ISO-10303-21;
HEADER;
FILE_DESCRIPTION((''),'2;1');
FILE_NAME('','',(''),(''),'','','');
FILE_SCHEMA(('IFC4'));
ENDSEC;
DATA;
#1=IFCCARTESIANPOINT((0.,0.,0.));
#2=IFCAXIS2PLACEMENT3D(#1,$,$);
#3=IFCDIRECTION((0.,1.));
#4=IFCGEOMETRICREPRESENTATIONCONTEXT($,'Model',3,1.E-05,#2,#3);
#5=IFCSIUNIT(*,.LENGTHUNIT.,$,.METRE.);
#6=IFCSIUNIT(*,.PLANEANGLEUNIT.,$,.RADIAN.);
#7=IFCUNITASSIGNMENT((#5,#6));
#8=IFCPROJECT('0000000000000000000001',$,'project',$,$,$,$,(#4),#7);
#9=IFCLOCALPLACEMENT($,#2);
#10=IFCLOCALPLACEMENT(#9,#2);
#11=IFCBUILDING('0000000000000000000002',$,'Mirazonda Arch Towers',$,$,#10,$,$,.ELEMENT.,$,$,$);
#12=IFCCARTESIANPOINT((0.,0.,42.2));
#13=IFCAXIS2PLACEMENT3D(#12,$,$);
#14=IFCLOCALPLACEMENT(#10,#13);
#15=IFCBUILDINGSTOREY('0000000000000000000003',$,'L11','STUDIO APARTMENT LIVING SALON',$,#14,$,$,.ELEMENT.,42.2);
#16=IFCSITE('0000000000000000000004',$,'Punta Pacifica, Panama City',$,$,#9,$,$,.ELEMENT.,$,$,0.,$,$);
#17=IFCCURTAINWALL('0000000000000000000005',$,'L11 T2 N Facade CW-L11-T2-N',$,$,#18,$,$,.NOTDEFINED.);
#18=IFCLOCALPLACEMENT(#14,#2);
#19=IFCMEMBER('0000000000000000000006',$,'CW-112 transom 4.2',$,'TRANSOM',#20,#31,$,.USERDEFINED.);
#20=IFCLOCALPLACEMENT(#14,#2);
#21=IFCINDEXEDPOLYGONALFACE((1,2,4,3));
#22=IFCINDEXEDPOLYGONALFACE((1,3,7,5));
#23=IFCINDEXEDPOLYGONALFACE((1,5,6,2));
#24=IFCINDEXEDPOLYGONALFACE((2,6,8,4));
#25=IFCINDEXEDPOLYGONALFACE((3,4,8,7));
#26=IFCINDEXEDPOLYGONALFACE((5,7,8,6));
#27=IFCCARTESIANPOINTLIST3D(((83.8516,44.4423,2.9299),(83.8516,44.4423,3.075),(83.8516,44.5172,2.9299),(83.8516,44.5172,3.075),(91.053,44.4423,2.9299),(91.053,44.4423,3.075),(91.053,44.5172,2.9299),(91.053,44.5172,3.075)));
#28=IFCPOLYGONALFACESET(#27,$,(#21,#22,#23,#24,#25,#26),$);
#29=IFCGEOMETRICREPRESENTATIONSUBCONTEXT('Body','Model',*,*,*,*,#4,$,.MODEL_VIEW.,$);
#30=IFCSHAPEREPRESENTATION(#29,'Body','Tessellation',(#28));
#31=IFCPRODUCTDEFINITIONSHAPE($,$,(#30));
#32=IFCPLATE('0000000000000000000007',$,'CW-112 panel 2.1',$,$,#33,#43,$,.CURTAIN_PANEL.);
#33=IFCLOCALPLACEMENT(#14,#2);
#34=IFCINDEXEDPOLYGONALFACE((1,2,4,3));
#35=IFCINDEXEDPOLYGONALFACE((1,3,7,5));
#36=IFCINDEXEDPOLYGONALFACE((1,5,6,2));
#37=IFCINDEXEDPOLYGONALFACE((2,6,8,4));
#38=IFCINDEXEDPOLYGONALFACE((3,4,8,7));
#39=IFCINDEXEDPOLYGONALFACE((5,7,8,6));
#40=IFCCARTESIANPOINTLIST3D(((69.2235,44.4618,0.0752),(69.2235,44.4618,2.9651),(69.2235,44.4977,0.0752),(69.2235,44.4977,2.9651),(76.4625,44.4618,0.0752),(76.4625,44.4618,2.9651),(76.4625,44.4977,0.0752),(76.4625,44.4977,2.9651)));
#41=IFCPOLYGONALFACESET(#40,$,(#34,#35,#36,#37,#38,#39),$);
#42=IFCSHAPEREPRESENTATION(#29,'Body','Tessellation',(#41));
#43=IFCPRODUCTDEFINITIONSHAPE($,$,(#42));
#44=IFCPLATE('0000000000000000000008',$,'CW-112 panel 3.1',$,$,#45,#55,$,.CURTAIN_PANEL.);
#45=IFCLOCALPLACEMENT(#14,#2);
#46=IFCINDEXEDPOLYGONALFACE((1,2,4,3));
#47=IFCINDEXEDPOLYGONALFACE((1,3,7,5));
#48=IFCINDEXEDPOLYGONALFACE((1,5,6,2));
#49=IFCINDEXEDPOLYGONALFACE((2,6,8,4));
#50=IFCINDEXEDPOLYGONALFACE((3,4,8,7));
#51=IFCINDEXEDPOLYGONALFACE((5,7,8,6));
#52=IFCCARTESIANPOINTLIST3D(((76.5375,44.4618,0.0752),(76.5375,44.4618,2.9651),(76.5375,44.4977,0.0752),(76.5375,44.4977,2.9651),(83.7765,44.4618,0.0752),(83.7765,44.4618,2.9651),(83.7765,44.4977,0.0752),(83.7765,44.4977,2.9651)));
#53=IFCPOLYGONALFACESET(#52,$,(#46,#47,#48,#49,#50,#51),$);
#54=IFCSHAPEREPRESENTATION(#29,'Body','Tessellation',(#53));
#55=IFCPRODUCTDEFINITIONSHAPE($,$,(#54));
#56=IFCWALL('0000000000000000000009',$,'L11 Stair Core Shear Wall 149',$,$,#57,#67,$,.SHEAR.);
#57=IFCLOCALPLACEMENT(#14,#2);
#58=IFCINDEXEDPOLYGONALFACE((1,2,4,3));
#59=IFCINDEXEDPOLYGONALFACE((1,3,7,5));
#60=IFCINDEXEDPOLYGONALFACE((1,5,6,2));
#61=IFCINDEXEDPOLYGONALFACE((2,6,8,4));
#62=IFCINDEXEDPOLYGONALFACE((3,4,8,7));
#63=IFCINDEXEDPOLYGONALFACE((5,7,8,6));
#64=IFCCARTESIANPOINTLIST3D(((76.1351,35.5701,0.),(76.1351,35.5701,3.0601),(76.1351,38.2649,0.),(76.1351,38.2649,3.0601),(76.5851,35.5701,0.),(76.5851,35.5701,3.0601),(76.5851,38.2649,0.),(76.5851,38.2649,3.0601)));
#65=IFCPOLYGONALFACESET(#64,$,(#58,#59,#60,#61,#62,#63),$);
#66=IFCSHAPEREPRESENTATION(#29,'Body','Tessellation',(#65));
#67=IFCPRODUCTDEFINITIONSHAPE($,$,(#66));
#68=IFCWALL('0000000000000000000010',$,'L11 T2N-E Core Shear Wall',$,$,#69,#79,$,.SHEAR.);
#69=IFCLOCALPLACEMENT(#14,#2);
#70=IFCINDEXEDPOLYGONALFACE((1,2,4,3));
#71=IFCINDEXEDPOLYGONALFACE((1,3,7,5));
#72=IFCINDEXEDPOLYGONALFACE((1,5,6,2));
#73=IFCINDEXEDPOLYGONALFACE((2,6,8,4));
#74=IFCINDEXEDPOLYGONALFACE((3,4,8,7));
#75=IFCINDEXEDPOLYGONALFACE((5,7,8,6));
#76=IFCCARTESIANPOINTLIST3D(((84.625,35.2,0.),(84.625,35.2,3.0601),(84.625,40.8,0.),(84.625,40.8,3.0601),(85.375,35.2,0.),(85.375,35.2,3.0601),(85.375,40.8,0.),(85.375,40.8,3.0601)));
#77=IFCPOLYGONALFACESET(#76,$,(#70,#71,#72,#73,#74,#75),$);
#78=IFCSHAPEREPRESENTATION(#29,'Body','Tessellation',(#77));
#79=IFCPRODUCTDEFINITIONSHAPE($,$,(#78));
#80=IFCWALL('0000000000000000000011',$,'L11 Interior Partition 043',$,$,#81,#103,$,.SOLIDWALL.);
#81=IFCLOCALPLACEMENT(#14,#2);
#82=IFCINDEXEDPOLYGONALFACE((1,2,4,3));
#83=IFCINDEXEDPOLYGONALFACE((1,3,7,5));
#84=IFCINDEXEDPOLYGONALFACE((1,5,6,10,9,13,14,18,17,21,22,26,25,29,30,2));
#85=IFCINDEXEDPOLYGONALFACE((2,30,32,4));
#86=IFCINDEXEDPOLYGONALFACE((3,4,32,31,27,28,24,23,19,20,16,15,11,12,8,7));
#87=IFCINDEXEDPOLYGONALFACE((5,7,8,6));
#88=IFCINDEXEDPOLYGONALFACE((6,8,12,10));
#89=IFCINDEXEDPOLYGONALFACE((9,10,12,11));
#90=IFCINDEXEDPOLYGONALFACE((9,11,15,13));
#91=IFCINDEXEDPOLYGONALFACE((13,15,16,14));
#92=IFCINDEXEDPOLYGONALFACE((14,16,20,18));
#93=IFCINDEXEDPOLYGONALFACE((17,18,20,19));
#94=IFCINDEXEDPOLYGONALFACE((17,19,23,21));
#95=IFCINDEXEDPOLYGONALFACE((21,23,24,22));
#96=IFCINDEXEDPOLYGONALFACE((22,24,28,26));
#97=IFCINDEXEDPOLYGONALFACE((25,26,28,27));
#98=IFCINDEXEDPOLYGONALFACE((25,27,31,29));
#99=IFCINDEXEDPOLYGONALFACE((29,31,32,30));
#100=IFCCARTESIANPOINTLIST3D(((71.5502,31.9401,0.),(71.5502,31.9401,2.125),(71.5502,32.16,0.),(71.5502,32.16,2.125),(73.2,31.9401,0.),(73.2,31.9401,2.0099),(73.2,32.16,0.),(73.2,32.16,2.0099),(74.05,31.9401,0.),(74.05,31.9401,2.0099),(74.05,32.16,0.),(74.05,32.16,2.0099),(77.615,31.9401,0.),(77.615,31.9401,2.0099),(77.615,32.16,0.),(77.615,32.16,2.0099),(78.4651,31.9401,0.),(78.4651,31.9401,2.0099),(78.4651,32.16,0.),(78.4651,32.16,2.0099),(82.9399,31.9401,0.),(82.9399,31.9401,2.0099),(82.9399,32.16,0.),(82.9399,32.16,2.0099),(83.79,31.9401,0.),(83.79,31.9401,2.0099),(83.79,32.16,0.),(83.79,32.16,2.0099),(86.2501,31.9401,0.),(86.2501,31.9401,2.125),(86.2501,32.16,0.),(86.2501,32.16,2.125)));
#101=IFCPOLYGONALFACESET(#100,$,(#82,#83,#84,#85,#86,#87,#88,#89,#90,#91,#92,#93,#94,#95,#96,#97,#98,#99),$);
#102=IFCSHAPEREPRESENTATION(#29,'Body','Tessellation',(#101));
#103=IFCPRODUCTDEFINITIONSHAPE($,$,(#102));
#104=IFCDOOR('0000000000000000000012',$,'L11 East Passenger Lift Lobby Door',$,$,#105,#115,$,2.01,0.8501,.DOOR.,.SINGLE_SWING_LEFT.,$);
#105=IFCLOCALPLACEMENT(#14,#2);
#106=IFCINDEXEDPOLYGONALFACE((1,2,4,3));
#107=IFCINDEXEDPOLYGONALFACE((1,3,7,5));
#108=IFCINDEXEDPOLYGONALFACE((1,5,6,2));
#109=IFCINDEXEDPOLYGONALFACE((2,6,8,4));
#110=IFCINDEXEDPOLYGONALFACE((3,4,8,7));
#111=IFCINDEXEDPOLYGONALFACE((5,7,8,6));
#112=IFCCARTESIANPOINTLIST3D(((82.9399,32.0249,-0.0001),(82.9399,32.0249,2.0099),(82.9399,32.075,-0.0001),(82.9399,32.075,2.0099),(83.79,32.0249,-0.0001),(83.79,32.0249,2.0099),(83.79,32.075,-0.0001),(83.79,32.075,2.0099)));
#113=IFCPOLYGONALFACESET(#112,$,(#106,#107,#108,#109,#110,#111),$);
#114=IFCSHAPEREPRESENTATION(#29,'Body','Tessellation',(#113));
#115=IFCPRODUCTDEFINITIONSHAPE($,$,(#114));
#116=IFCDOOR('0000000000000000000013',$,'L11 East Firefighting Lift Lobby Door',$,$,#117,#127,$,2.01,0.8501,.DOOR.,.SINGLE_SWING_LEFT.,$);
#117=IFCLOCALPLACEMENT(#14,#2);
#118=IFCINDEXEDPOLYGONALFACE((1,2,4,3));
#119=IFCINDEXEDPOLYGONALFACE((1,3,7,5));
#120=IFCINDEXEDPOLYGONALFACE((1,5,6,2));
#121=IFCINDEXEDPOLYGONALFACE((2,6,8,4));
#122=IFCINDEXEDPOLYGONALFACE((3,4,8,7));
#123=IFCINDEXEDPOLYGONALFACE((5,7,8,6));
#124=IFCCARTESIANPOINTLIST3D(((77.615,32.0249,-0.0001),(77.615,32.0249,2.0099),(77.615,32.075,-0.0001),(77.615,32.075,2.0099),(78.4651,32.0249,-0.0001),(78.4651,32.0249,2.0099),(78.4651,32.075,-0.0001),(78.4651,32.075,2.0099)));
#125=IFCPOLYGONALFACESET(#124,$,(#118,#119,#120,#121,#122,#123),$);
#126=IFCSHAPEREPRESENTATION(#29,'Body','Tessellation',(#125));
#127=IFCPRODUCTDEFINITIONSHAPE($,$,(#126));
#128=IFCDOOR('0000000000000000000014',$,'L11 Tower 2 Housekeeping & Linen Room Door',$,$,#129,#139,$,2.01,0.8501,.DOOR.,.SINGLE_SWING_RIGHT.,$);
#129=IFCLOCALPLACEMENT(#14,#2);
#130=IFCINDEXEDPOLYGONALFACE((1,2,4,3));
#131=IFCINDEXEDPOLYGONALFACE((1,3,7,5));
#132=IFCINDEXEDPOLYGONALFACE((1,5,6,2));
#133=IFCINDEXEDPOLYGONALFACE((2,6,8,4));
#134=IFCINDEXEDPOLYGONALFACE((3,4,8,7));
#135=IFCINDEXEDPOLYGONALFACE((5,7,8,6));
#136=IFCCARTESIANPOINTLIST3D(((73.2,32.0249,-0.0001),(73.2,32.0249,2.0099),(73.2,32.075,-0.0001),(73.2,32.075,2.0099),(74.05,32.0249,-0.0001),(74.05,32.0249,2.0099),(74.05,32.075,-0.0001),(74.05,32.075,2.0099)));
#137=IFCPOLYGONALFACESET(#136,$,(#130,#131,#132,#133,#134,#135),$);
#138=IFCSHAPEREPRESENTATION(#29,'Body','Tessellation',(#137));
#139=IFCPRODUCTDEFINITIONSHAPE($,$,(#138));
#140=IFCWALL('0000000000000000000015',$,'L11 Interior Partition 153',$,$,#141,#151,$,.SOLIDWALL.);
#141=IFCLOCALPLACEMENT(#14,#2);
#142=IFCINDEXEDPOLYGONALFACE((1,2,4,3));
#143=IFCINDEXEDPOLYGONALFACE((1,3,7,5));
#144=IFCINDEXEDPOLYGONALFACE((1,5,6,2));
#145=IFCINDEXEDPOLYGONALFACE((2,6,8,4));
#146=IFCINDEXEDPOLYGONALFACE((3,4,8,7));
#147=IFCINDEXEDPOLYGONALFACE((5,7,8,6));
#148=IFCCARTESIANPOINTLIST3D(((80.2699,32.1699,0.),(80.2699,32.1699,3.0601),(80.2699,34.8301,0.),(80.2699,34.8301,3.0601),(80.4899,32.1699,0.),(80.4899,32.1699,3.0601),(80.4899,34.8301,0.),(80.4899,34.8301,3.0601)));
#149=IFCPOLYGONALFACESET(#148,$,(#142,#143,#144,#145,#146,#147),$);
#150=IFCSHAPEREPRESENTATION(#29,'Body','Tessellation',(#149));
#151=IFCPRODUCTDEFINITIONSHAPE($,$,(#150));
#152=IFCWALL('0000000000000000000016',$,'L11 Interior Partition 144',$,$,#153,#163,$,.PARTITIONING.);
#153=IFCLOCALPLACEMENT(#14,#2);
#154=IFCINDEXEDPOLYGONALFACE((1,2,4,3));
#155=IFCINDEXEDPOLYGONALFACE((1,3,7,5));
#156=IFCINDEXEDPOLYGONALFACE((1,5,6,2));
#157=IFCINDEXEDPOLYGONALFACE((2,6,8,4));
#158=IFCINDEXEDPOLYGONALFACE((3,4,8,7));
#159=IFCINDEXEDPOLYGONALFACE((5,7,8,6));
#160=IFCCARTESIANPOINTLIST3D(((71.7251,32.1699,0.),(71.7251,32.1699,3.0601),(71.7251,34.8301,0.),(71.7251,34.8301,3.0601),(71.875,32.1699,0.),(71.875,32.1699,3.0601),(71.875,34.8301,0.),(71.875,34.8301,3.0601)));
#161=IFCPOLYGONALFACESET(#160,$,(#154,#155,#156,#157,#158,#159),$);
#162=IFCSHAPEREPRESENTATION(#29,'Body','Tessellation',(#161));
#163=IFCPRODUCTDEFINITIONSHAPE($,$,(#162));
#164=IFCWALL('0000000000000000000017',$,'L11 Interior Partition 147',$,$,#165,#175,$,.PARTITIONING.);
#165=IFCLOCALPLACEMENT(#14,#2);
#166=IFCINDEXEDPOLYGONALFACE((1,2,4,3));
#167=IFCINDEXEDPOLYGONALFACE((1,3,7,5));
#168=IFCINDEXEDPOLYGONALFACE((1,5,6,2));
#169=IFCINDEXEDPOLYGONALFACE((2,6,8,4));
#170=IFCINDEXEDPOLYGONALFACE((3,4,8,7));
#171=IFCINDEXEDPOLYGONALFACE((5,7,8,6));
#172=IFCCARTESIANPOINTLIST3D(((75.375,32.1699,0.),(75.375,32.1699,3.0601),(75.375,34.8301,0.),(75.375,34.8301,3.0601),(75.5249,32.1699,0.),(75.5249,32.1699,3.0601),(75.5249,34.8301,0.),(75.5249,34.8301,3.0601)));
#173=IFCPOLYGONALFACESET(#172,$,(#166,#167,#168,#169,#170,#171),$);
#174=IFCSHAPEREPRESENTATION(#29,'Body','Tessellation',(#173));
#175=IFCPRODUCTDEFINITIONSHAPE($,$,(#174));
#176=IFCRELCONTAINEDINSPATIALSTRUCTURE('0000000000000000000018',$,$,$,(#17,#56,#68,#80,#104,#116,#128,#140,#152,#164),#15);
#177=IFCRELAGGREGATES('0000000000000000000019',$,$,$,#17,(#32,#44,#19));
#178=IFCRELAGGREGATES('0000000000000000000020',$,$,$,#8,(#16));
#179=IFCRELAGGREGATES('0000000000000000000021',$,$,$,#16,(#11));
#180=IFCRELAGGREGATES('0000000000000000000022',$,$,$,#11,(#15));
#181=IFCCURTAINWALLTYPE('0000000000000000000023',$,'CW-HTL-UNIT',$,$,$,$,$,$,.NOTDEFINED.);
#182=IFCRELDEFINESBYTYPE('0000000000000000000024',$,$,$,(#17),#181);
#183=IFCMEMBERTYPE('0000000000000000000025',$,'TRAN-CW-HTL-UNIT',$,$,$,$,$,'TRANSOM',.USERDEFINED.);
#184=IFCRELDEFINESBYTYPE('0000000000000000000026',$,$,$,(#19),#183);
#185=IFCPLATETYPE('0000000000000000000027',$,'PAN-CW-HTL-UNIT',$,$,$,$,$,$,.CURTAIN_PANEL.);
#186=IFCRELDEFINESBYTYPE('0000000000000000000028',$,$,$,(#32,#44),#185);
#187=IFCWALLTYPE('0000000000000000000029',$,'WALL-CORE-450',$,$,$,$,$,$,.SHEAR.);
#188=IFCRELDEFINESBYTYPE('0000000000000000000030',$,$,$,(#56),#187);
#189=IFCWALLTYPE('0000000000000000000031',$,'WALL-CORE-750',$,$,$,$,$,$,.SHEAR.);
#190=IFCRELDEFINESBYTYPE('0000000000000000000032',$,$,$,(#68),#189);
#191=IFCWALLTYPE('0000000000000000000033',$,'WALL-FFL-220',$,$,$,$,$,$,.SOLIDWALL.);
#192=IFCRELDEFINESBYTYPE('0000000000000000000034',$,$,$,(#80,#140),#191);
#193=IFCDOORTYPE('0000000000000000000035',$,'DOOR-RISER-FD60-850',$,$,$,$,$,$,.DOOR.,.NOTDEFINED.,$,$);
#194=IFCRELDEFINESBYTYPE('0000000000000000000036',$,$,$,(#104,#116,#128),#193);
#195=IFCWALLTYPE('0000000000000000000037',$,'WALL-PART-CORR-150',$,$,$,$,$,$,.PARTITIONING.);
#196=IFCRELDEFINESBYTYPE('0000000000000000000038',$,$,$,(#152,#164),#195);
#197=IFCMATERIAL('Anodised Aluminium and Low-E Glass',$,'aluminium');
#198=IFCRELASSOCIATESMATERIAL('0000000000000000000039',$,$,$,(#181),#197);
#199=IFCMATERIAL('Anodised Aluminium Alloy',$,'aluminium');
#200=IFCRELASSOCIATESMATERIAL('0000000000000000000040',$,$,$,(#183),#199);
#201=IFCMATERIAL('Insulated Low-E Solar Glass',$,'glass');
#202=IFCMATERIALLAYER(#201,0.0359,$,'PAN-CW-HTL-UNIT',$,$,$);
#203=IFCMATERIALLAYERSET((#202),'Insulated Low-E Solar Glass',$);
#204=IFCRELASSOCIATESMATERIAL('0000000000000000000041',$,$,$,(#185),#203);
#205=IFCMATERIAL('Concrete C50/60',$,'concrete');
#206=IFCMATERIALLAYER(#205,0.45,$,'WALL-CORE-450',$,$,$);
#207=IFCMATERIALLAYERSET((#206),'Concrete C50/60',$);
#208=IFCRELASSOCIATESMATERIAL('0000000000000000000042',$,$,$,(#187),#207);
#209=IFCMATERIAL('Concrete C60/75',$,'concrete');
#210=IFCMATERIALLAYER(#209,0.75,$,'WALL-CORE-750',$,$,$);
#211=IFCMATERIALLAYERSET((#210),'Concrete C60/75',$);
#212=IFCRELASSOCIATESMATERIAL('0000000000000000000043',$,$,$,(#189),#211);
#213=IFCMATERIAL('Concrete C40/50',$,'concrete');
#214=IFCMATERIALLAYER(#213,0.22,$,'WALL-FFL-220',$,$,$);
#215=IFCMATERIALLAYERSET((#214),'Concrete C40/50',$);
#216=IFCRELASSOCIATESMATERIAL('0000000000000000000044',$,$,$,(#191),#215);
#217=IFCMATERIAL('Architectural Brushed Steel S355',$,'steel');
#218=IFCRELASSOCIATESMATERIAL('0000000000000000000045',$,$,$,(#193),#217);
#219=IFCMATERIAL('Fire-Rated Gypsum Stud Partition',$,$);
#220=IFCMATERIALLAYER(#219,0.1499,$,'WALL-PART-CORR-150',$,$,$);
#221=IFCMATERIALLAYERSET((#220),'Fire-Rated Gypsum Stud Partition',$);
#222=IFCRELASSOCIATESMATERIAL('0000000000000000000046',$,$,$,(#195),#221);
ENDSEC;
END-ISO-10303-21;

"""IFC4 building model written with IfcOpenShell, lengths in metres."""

from ifc_helpers import new_model, si_unit, direction, frame, frame_2d, origin, origin_2d, place, context, subcontext, project, spatial, rectangle, extrude, material, layer, layer_set, material_profile, profile_set, type_object, element, fill, aggregate, save


model = new_model("IFC4")

# Units and contexts
model_context = context("Model", 3, precision=1e-05, world=origin(), true_north=direction((0.0, 1.0)))
body_context = subcontext(model_context, "Body", "Model", "MODEL_VIEW")
ifc_project = project(units=[si_unit("LENGTHUNIT", "METRE"), si_unit("PLANEANGLEUNIT", "RADIAN")], contexts=[model_context])

# Site, building, storey
site_placement = place(None, origin())
site = spatial("IfcSite", under=ifc_project, at=site_placement, Name="Punta Pacifica, Panama City", CompositionType="ELEMENT", RefElevation=0.0)
building_placement = place(site_placement, origin())
building = spatial("IfcBuilding", under=site, at=building_placement, Name="Mirazonda Arch Towers", CompositionType="ELEMENT")
storey_placement = place(building_placement, frame((0.0, 0.0, 42.2)))
storey = spatial("IfcBuildingStorey", under=building, at=storey_placement, Name="L11", Description="STUDIO APARTMENT LIVING SALON", CompositionType="ELEMENT", Elevation=42.2)

# Shared definitions
ifc_material_1 = material(Name="Concrete C60/75", Category="concrete")

# Curtain wall, member, plates
ifc_material_2 = material(Name="Anodised Aluminium and Low-E Glass", Category="aluminium")
curtain_wall_type = type_object("IfcCurtainWallType", Name="CW-HTL-UNIT", PredefinedType="NOTDEFINED", material=ifc_material_2)
curtain_wall_placement = place(storey_placement, origin())
curtain_wall = element("IfcCurtainWall", 1, at=curtain_wall_placement, inside=storey, type_object=curtain_wall_type, Name="L11 T2 N Facade CW-L11-T2-N", PredefinedType="NOTDEFINED")
ifc_material_3 = material(Name="Anodised Aluminium Alloy", Category="aluminium")
ifc_material_profile_1 = material_profile(ifc_material_3, rectangle(XDim=0.075, YDim=0.145, at=origin_2d()), Name="ALU-TRAN-75x145")
ifc_profile_set_1 = profile_set([ifc_material_profile_1], Name="Anodised Aluminium Alloy")
member_type_1 = type_object("IfcMemberType", Name="TRAN-CW-HTL-UNIT", ElementType="TRANSOM", PredefinedType="USERDEFINED", material=ifc_profile_set_1)
member_1_placement = place(storey_placement, frame((83.8516, 44.4797, 3.0024), z_axis=(1.0, 0.0, 0.0), x_axis=(0.0, 1.0, 0.0)))
member_1 = element("IfcMember", 2, at=member_1_placement, type_object=member_type_1, Name="CW-112 transom 4.2", ObjectType="TRANSOM", PredefinedType="USERDEFINED", context=body_context, shape_type="SweptSolid", body=[
    extrude(rectangle(XDim=0.075, YDim=0.145, at=origin_2d()), origin(), (0.0, 0.0, 1.0), 7.2014),
])
ifc_material_4 = material(Name="Insulated Low-E Solar Glass", Category="glass")
ifc_layer_1 = layer(ifc_material_4, 0.0359, Name="PAN-CW-HTL-UNIT")
ifc_layer_set_1 = layer_set([ifc_layer_1], Name="Insulated Low-E Solar Glass")
plate_type = type_object("IfcPlateType", Name="PAN-CW-HTL-UNIT", PredefinedType="CURTAIN_PANEL", material=ifc_layer_set_1)
plate_1_placement = place(storey_placement, frame((72.843, 44.4797, 0.0752), z_axis=(0.0, 0.0, 1.0), x_axis=(1.0, 0.0, 0.0)))
plate_1 = element("IfcPlate", 3, at=plate_1_placement, type_object=plate_type, Name="CW-112 panel 2.1", PredefinedType="CURTAIN_PANEL", context=body_context, shape_type="SweptSolid", body=[
    extrude(rectangle(XDim=7.239, YDim=0.0359, at=origin_2d()), origin(), (0.0, 0.0, 1.0), 2.8899),
])
plate_2_placement = place(storey_placement, frame((80.157, 44.4797, 0.0752), z_axis=(0.0, 0.0, 1.0), x_axis=(1.0, 0.0, 0.0)))
plate_2 = element("IfcPlate", 4, at=plate_2_placement, type_object=plate_type, Name="CW-112 panel 3.1", PredefinedType="CURTAIN_PANEL", context=body_context, shape_type="SweptSolid", body=[
    extrude(rectangle(XDim=7.239, YDim=0.0359, at=origin_2d()), origin(), (0.0, 0.0, 1.0), 2.8899),
])
aggregate(curtain_wall, [plate_1, plate_2, member_1])

# Walls
ifc_material_5 = material(Name="Concrete C50/60", Category="concrete")
ifc_layer_2 = layer(ifc_material_5, 0.45, Name="WALL-CORE-450")
ifc_layer_set_2 = layer_set([ifc_layer_2], Name="Concrete C50/60")
wall_type_1 = type_object("IfcWallType", Name="WALL-CORE-450", PredefinedType="SHEAR", material=ifc_layer_set_2)
wall_1_placement = place(storey_placement, frame((76.3601, 35.5701, 0.0), z_axis=(0.0, 0.0, 1.0), x_axis=(0.0, 1.0, 0.0)))
element("IfcWall", 5, at=wall_1_placement, inside=storey, type_object=wall_type_1, Name="L11 Stair Core Shear Wall 149", PredefinedType="SHEAR", context=body_context, shape_type="SweptSolid", body=[
    extrude(rectangle(XDim=2.6948, YDim=0.45, at=frame_2d((1.3474, 0.0))), origin(), (0.0, 0.0, 1.0), 3.0601),
])
ifc_layer_3 = layer(ifc_material_1, 0.75, Name="WALL-CORE-750")
ifc_layer_set_3 = layer_set([ifc_layer_3], Name="Concrete C60/75")
wall_type_2 = type_object("IfcWallType", Name="WALL-CORE-750", PredefinedType="SHEAR", material=ifc_layer_set_3)
wall_2_placement = place(storey_placement, frame((85.0, 35.2, 0.0), z_axis=(0.0, 0.0, 1.0), x_axis=(0.0, 1.0, 0.0)))
element("IfcWall", 6, at=wall_2_placement, inside=storey, type_object=wall_type_2, Name="L11 T2N-E Core Shear Wall", PredefinedType="SHEAR", context=body_context, shape_type="SweptSolid", body=[
    extrude(rectangle(XDim=5.6001, YDim=0.75, at=frame_2d((2.8, 0.0))), origin(), (0.0, 0.0, 1.0), 3.0601),
])

# Wall, openings, doors
ifc_material_6 = material(Name="Concrete C40/50", Category="concrete")
ifc_layer_4 = layer(ifc_material_6, 0.22, Name="WALL-FFL-220")
ifc_layer_set_4 = layer_set([ifc_layer_4], Name="Concrete C40/50")
wall_type_3 = type_object("IfcWallType", Name="WALL-FFL-220", PredefinedType="SOLIDWALL", material=ifc_layer_set_4)
wall_3_placement = place(storey_placement, frame((71.55, 32.05, 0.0), z_axis=(0.0, 0.0, 1.0), x_axis=(1.0, 0.0, 0.0)))
wall_3 = element("IfcWall", 7, at=wall_3_placement, inside=storey, type_object=wall_type_3, Name="L11 Interior Partition 043", PredefinedType="SOLIDWALL", context=body_context, shape_type="SweptSolid", body=[
    extrude(rectangle(XDim=14.7, YDim=0.22, at=frame_2d((7.3501, 0.0))), origin(), (0.0, 0.0, 1.0), 2.125),
])
opening_1_placement = place(wall_3_placement, frame((11.3899, 0.0, 0.0)))
opening_1 = element("IfcOpeningElement", 8, at=opening_1_placement, cuts=wall_3, PredefinedType="OPENING", context=body_context, shape_type="SweptSolid", body=[
    extrude(rectangle(XDim=0.8501, YDim=2.01, at=frame_2d((0.425, 1.0049))), frame((0.0, 0.1199, 0.0), z_axis=(0.0, -1.0, 0.0), x_axis=(1.0, 0.0, 0.0)), (0.0, 0.0, 1.0), 0.24),
])
opening_2_placement = place(wall_3_placement, frame((6.0649, 0.0, 0.0)))
opening_2 = element("IfcOpeningElement", 9, at=opening_2_placement, cuts=wall_3, PredefinedType="OPENING", context=body_context, shape_type="SweptSolid", body=[
    extrude(rectangle(XDim=0.8501, YDim=2.01, at=frame_2d((0.425, 1.0049))), frame((0.0, 0.1199, 0.0), z_axis=(0.0, -1.0, 0.0), x_axis=(1.0, 0.0, 0.0)), (0.0, 0.0, 1.0), 0.24),
])
opening_3_placement = place(wall_3_placement, frame((1.6499, 0.0, 0.0)))
opening_3 = element("IfcOpeningElement", 10, at=opening_3_placement, cuts=wall_3, PredefinedType="OPENING", context=body_context, shape_type="SweptSolid", body=[
    extrude(rectangle(XDim=0.8501, YDim=2.01, at=frame_2d((0.425, 1.0049))), frame((0.0, 0.1199, 0.0), z_axis=(0.0, -1.0, 0.0), x_axis=(1.0, 0.0, 0.0)), (0.0, 0.0, 1.0), 0.24),
])
ifc_material_7 = material(Name="Architectural Brushed Steel S355", Category="steel")
door_type = type_object("IfcDoorType", Name="DOOR-RISER-FD60-850", OperationType="NOTDEFINED", PredefinedType="DOOR", material=ifc_material_7)
door_1_placement = place(opening_1_placement, origin())
door_1 = element("IfcDoor", 11, at=door_1_placement, inside=storey, type_object=door_type, Name="L11 East Passenger Lift Lobby Door", OperationType="SINGLE_SWING_LEFT", OverallHeight=2.01, OverallWidth=0.8501, PredefinedType="DOOR", context=body_context, shape_type="SweptSolid", body=[
    extrude(rectangle(XDim=0.8501, YDim=2.01, at=frame_2d((0.425, 1.0049))), frame((0.0, 0.0249, 0.0), z_axis=(0.0, -1.0, 0.0), x_axis=(1.0, 0.0, 0.0)), (0.0, 0.0, 1.0), 0.05),
])
fill(opening_1, door_1)
door_2_placement = place(opening_2_placement, origin())
door_2 = element("IfcDoor", 12, at=door_2_placement, inside=storey, type_object=door_type, Name="L11 East Firefighting Lift Lobby Door", OperationType="SINGLE_SWING_LEFT", OverallHeight=2.01, OverallWidth=0.8501, PredefinedType="DOOR", context=body_context, shape_type="SweptSolid", body=[
    extrude(rectangle(XDim=0.8501, YDim=2.01, at=frame_2d((0.425, 1.0049))), frame((0.0, 0.0249, 0.0), z_axis=(0.0, -1.0, 0.0), x_axis=(1.0, 0.0, 0.0)), (0.0, 0.0, 1.0), 0.05),
])
fill(opening_2, door_2)
door_3_placement = place(opening_3_placement, origin())
door_3 = element("IfcDoor", 13, at=door_3_placement, inside=storey, type_object=door_type, Name="L11 Tower 2 Housekeeping & Linen Room Door", OperationType="SINGLE_SWING_RIGHT", OverallHeight=2.01, OverallWidth=0.8501, PredefinedType="DOOR", context=body_context, shape_type="SweptSolid", body=[
    extrude(rectangle(XDim=0.8501, YDim=2.01, at=frame_2d((0.425, 1.0049))), frame((0.0, 0.0249, 0.0), z_axis=(0.0, -1.0, 0.0), x_axis=(1.0, 0.0, 0.0)), (0.0, 0.0, 1.0), 0.05),
])
fill(opening_3, door_3)

# Walls
wall_4_placement = place(storey_placement, frame((80.3799, 32.1699, 0.0), z_axis=(0.0, 0.0, 1.0), x_axis=(0.0, 1.0, 0.0)))
element("IfcWall", 14, at=wall_4_placement, inside=storey, type_object=wall_type_3, Name="L11 Interior Partition 153", PredefinedType="SOLIDWALL", context=body_context, shape_type="SweptSolid", body=[
    extrude(rectangle(XDim=2.6602, YDim=0.22, at=frame_2d((1.3301, 0.0))), origin(), (0.0, 0.0, 1.0), 3.0601),
])
ifc_material_8 = material(Name="Fire-Rated Gypsum Stud Partition")
ifc_layer_5 = layer(ifc_material_8, 0.1499, Name="WALL-PART-CORR-150")
ifc_layer_set_5 = layer_set([ifc_layer_5], Name="Fire-Rated Gypsum Stud Partition")
wall_type_4 = type_object("IfcWallType", Name="WALL-PART-CORR-150", PredefinedType="PARTITIONING", material=ifc_layer_set_5)
for number, where, z_axis, x_axis, name in (
    (15, (71.8, 32.1699, 0.0), (0.0, 0.0, 1.0), (0.0, 1.0, 0.0), "L11 Interior Partition 144"),
    (16, (75.45, 32.1699, 0.0), (0.0, 0.0, 1.0), (0.0, 1.0, 0.0), "L11 Interior Partition 147"),
):
    element("IfcWall", number, at=place(storey_placement, frame(where, z_axis=z_axis, x_axis=x_axis)), inside=storey, type_object=wall_type_4, Name=name, PredefinedType="PARTITIONING", context=body_context, shape_type="SweptSolid", body=[
        extrude(rectangle(XDim=2.6602, YDim=0.1499, at=frame_2d((1.3301, 0.0))), origin(), (0.0, 0.0, 1.0), 3.0601),
    ])

save(model, "model.ifc")
